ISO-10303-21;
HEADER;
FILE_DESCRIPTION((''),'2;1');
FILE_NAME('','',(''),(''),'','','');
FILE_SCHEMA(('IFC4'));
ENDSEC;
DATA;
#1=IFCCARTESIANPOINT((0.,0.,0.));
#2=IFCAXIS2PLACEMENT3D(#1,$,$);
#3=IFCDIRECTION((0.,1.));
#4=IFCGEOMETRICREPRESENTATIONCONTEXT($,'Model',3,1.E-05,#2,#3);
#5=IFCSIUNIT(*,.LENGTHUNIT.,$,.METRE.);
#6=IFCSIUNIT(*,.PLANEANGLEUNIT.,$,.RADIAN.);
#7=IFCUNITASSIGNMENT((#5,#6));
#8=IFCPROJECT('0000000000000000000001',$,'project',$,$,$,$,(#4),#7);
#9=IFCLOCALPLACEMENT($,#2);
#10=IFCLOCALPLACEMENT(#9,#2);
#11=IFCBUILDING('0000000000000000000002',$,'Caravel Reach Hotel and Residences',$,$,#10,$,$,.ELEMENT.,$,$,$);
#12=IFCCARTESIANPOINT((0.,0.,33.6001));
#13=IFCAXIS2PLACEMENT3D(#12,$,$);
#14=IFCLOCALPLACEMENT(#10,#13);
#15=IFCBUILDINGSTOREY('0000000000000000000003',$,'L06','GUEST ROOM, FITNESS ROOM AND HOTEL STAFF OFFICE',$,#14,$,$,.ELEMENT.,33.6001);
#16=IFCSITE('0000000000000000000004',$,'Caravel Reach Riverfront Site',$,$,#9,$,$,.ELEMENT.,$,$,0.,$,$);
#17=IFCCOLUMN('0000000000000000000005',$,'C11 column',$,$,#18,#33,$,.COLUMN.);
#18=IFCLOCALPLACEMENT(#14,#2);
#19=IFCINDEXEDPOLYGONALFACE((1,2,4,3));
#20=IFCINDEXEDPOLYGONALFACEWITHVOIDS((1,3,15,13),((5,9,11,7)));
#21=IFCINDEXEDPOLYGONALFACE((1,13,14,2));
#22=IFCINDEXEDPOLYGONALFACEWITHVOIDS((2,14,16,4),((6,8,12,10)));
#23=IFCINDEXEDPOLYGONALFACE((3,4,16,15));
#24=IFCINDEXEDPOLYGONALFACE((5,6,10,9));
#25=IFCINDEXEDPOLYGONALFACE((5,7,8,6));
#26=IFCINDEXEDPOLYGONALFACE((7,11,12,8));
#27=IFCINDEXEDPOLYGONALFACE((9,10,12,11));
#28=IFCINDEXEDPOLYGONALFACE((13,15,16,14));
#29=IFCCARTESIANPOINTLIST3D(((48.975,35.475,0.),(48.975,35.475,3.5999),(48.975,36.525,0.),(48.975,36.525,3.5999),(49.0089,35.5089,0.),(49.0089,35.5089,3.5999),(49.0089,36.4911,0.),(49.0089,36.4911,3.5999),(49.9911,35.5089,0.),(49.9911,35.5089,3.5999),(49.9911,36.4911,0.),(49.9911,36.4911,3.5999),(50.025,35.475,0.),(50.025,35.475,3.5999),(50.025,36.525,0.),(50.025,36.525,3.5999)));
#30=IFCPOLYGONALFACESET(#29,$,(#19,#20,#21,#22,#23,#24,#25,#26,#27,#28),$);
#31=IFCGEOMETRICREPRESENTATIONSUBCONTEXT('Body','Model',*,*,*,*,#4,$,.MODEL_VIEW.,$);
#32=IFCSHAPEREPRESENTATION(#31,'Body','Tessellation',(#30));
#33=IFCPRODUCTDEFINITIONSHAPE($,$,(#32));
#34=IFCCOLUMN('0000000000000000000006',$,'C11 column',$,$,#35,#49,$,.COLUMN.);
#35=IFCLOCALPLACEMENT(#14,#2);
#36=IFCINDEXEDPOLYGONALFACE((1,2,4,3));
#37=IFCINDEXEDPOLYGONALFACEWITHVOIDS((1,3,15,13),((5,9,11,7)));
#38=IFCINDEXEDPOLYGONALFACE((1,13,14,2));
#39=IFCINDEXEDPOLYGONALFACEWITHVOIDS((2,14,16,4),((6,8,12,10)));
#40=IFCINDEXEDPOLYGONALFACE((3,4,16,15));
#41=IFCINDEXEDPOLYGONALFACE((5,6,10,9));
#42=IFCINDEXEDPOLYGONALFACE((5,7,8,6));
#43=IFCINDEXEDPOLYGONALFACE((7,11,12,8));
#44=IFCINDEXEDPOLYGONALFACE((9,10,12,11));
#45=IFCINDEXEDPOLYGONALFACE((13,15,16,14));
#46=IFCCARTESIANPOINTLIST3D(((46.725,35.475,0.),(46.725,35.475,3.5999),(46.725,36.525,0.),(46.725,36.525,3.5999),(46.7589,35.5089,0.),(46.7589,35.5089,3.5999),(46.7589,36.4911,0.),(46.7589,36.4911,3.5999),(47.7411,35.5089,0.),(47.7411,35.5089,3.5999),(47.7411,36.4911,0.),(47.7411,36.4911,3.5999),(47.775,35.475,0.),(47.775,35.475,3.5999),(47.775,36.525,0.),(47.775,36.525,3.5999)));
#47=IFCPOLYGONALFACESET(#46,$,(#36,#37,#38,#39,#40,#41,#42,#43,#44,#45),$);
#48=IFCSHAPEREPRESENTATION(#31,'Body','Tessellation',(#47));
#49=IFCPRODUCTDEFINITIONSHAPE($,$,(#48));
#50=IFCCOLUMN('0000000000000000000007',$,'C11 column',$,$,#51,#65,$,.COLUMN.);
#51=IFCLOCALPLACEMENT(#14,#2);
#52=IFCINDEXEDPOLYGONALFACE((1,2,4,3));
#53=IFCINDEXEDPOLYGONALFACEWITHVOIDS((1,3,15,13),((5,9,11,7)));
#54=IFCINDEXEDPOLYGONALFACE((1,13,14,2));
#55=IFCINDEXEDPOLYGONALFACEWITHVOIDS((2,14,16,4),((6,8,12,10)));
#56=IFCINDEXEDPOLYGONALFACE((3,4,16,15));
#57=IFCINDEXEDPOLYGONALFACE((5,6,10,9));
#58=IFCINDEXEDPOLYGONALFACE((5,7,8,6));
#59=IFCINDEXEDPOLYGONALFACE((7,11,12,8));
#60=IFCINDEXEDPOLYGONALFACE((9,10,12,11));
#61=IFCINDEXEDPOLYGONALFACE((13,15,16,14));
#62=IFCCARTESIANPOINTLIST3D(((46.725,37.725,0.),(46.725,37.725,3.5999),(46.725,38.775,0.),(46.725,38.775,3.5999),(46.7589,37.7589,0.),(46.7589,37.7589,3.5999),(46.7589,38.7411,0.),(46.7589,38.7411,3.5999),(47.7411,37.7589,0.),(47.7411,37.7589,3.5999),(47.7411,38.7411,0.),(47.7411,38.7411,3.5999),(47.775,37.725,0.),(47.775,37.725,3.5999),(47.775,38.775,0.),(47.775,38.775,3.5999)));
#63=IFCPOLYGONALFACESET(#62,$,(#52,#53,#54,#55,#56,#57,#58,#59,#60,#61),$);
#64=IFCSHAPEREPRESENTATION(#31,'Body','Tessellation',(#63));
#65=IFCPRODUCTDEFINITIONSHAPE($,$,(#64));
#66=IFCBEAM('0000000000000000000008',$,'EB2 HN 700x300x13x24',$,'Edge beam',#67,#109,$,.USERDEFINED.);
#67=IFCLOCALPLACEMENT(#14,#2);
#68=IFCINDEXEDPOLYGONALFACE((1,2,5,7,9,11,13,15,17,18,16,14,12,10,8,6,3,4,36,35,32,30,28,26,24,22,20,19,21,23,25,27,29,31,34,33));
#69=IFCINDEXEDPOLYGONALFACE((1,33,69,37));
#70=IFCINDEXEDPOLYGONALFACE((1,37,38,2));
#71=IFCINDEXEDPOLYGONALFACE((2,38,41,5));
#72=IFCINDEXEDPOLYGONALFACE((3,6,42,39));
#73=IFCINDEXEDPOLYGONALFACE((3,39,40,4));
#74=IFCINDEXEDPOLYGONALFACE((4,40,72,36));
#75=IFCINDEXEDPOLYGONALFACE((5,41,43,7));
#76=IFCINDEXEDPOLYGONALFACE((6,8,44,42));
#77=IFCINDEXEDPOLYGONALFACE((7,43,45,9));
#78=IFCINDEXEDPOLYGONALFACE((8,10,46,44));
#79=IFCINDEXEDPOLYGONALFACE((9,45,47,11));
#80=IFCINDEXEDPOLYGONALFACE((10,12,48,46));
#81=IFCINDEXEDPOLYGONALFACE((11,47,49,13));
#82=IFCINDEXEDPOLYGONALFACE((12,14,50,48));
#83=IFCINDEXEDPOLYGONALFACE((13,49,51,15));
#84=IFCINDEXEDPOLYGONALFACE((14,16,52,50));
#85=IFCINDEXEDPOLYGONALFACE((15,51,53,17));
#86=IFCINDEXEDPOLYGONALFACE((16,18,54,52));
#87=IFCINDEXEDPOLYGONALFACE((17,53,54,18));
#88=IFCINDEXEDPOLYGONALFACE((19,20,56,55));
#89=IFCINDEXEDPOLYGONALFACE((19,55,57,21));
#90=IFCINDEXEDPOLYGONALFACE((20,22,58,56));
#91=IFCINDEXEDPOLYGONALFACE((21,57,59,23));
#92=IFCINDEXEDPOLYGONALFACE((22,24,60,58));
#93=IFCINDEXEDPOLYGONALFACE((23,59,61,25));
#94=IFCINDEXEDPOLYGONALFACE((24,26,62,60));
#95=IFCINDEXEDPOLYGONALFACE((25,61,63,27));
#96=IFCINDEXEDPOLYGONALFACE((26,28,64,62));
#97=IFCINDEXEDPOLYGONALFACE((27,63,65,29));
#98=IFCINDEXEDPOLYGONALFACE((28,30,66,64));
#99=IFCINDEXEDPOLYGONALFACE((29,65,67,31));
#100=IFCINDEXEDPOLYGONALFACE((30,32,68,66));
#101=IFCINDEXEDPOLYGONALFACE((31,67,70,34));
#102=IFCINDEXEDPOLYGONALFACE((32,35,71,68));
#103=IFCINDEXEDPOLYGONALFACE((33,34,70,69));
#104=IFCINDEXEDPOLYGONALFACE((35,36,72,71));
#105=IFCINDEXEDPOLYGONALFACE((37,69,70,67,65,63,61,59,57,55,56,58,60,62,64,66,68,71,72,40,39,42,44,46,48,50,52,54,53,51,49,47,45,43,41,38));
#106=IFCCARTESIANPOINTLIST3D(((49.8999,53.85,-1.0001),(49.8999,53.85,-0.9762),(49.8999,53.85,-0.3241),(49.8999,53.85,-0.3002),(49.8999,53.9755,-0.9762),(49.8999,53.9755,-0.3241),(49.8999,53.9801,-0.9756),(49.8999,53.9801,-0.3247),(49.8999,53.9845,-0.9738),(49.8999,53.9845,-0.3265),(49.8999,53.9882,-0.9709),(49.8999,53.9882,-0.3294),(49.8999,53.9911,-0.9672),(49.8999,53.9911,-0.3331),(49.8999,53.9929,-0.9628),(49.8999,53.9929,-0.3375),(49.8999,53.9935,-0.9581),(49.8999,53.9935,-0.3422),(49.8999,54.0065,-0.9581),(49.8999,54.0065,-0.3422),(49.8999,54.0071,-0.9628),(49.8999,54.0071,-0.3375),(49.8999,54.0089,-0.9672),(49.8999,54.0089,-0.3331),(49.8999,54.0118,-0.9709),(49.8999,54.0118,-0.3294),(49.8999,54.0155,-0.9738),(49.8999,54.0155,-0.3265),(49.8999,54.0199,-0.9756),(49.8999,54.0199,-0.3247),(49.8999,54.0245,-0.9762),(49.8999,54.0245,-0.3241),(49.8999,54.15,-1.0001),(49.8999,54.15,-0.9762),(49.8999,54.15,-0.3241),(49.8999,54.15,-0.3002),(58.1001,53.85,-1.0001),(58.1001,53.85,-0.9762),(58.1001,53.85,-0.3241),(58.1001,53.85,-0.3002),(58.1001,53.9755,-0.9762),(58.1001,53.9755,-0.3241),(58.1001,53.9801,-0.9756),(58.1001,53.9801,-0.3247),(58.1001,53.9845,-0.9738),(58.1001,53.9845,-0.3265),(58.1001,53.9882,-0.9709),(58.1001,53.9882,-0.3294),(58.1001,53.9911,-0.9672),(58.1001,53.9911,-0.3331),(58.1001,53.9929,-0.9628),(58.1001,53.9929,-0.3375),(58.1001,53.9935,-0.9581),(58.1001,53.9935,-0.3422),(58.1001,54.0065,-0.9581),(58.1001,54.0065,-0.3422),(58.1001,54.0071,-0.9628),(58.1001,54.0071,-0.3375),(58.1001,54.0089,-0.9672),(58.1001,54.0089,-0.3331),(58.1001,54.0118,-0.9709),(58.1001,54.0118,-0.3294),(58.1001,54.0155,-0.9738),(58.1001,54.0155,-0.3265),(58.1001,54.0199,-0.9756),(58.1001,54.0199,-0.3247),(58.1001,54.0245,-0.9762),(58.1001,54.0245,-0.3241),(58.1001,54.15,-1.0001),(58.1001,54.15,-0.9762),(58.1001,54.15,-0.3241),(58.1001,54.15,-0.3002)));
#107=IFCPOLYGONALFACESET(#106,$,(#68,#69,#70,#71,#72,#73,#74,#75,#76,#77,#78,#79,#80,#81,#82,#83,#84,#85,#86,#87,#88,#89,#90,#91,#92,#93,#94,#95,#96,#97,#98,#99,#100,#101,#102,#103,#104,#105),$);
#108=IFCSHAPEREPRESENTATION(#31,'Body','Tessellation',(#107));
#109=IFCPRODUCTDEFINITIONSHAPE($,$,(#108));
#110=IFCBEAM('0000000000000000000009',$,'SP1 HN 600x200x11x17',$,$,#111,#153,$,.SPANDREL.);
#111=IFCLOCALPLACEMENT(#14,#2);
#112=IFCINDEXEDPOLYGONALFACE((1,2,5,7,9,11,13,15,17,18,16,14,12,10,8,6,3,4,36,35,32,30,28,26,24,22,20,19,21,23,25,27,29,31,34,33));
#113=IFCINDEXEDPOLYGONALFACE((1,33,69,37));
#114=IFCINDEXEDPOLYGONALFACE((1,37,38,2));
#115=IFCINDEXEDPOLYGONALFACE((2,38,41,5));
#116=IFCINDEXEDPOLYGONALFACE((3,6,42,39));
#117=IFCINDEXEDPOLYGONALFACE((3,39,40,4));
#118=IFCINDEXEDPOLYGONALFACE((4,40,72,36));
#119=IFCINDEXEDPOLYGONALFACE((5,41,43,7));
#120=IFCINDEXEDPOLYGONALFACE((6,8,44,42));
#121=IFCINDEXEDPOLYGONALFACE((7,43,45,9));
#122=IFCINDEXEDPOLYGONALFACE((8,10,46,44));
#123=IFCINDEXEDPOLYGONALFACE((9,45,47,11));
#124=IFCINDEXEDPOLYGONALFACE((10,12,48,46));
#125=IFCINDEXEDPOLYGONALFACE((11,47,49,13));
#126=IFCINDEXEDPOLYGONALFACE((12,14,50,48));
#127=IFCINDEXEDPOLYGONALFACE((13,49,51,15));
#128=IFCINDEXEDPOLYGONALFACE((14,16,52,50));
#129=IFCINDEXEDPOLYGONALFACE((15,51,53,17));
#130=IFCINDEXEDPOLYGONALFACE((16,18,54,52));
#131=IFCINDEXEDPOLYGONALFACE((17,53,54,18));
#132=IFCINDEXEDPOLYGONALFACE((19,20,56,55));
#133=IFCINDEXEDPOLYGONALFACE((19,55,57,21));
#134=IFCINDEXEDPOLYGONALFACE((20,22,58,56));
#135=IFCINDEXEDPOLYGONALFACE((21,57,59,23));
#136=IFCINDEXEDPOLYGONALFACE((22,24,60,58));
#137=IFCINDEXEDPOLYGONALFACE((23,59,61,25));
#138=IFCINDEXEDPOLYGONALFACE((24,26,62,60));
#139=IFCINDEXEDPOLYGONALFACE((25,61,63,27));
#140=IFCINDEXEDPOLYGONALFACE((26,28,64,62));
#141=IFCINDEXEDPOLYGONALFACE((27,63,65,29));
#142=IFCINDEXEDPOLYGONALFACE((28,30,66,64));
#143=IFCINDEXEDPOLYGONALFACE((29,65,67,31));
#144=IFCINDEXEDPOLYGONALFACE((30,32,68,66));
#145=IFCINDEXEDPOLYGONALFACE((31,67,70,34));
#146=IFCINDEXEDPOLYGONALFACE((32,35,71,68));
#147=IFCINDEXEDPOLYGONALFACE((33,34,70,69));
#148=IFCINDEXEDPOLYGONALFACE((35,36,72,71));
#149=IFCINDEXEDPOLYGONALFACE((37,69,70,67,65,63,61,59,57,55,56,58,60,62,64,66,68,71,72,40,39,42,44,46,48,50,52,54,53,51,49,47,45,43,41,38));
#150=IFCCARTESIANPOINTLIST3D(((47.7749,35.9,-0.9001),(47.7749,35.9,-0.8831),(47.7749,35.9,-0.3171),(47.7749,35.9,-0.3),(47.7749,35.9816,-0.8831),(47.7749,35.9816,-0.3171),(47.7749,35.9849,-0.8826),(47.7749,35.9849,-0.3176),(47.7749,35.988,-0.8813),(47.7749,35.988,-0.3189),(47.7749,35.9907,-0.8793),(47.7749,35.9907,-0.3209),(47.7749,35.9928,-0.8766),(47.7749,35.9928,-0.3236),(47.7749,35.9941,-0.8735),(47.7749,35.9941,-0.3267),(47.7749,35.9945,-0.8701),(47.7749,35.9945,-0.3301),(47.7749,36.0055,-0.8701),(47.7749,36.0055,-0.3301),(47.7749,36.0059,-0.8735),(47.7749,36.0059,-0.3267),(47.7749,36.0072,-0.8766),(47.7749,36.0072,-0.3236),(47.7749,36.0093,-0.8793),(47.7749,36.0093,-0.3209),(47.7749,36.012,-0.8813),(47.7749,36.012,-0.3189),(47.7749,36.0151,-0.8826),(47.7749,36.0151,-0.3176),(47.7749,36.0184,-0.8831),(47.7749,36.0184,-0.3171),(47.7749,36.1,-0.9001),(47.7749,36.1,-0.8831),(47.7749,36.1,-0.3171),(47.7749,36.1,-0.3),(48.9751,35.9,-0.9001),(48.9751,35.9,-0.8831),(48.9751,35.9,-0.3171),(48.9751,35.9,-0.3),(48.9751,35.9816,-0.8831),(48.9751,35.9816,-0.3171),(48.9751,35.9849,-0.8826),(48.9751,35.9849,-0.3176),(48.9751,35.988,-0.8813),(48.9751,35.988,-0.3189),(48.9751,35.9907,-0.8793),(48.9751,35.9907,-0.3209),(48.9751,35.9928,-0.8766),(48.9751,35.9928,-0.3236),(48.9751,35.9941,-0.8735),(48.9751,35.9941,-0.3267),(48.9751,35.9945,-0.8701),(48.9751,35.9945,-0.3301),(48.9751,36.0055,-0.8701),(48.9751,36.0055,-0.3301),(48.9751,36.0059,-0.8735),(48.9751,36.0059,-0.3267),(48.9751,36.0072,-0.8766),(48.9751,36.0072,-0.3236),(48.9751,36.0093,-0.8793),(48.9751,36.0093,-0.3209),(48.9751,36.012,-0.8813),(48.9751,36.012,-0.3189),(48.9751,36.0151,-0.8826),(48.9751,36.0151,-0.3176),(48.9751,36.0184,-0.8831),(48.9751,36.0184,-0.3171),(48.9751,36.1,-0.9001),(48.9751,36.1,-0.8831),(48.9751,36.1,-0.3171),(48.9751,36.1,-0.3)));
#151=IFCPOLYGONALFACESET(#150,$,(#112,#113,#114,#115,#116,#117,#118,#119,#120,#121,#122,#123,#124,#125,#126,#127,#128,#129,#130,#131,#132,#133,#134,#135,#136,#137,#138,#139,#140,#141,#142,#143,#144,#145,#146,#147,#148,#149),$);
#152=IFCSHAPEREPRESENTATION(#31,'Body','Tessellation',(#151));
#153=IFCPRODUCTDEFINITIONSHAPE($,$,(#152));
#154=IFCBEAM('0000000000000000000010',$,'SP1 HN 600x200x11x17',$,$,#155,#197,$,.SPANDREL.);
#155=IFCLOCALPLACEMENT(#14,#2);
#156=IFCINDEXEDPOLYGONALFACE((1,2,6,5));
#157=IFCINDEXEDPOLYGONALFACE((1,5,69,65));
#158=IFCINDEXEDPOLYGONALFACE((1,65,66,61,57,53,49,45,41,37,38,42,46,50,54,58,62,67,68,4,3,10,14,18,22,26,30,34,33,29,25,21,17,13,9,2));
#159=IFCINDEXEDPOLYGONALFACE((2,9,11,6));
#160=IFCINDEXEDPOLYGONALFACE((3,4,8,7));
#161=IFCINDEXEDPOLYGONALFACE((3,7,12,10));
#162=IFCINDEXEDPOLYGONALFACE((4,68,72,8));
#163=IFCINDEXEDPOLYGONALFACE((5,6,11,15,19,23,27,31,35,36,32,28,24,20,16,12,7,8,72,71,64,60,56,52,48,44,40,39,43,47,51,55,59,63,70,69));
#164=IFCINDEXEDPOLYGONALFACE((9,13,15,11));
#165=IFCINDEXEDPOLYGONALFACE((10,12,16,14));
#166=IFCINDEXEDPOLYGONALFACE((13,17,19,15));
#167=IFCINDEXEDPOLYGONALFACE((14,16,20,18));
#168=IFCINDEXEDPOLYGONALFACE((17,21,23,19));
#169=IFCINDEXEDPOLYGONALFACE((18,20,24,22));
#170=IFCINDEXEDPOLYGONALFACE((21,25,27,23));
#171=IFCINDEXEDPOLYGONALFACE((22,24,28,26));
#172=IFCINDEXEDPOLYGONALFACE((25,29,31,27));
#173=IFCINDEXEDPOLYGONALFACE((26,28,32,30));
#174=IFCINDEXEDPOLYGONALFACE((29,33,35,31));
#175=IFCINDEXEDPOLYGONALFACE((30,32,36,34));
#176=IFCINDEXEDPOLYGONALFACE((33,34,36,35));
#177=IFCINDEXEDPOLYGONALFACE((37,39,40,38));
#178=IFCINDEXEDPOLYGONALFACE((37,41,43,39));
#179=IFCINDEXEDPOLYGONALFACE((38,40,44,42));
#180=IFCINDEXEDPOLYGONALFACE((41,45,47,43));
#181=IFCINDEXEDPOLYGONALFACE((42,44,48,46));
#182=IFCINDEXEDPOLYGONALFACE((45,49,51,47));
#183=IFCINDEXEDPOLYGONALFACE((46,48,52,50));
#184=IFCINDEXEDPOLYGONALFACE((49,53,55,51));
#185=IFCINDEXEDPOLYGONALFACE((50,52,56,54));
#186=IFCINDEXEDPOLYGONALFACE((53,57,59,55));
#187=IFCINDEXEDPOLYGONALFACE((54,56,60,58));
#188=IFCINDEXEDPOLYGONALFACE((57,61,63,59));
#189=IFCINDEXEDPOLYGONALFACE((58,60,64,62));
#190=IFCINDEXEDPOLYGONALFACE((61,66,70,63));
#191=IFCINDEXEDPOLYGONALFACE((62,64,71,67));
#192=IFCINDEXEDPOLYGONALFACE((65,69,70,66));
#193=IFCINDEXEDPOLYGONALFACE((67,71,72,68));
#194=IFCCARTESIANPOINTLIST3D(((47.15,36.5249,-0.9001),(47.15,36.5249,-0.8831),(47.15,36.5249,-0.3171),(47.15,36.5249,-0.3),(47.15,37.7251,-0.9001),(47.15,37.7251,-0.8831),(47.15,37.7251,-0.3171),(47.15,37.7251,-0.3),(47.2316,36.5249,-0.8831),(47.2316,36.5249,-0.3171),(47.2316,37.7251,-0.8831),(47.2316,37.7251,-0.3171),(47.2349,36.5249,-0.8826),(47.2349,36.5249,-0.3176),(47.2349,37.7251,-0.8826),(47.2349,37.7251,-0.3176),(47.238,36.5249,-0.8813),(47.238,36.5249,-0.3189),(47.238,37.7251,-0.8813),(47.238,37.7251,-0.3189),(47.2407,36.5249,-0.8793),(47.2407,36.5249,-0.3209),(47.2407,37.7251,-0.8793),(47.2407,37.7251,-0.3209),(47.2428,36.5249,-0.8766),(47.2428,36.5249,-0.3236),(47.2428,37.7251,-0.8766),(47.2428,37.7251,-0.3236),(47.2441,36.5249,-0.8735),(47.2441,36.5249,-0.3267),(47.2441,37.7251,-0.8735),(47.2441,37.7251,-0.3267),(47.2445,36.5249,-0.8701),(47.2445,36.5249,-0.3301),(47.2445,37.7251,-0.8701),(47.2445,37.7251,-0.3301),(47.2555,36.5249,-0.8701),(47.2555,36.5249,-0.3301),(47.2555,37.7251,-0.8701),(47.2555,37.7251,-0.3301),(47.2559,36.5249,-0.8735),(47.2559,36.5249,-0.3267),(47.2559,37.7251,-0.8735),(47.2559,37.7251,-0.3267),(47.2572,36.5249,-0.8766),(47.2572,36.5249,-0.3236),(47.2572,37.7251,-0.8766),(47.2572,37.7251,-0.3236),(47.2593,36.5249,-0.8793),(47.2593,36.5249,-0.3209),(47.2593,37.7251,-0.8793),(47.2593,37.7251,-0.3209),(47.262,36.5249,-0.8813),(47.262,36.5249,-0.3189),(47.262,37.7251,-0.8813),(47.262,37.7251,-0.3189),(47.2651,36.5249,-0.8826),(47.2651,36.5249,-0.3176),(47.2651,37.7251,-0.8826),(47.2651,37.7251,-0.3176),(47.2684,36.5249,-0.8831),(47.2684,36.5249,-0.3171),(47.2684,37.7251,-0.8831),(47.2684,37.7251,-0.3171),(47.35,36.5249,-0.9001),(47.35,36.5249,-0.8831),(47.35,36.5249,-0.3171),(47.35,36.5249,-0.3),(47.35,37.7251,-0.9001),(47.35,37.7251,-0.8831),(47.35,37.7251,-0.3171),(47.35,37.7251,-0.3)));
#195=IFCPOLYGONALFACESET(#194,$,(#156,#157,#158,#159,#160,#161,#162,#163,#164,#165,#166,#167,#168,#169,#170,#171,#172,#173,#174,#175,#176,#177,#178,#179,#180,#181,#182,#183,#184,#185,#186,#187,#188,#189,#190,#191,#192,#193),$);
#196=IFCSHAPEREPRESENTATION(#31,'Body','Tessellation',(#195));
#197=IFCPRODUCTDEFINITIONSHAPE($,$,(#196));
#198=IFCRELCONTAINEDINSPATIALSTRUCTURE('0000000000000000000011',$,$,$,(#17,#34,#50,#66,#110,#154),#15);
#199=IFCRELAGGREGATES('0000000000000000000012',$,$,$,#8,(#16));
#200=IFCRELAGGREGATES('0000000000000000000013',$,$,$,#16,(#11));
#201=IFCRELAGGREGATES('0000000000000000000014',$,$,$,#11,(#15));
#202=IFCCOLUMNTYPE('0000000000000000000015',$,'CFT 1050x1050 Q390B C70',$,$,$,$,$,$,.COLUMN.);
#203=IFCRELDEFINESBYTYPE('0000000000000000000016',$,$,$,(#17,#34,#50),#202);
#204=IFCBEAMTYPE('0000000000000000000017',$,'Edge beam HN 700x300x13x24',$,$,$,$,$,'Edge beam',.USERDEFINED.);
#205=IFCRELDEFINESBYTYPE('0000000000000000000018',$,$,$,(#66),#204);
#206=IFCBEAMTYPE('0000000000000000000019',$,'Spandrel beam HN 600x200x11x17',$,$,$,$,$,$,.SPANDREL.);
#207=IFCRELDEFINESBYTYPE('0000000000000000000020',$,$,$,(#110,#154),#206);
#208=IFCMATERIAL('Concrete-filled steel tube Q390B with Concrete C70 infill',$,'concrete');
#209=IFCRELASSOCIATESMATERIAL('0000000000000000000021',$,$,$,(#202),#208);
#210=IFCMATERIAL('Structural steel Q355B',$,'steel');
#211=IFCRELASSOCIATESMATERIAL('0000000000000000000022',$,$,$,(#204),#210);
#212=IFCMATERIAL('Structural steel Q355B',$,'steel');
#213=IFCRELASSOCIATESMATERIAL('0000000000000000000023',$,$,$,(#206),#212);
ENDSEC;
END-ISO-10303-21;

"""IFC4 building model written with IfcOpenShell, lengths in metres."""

from ifc_helpers import new_model, si_unit, direction, frame, origin, origin_2d, place, context, subcontext, project, spatial, hollow_rectangle, i_section, extrude, material, material_profile, profile_set, type_object, element, save


model = new_model("IFC4")

# Units and contexts
model_context = context("Model", 3, precision=1e-05, world=origin(), true_north=direction((0.0, 1.0)))
body_context = subcontext(model_context, "Body", "Model", "MODEL_VIEW")
ifc_project = project(units=[si_unit("LENGTHUNIT", "METRE"), si_unit("PLANEANGLEUNIT", "RADIAN")], contexts=[model_context])

# Site, building, storey
site_placement = place(None, origin())
site = spatial("IfcSite", under=ifc_project, at=site_placement, Name="Caravel Reach Riverfront Site", CompositionType="ELEMENT", RefElevation=0.0)
building_placement = place(site_placement, origin())
building = spatial("IfcBuilding", under=site, at=building_placement, Name="Caravel Reach Hotel and Residences", CompositionType="ELEMENT")
storey_placement = place(building_placement, frame((0.0, 0.0, 33.6001)))
storey = spatial("IfcBuildingStorey", under=building, at=storey_placement, Name="L06", Description="GUEST ROOM, FITNESS ROOM AND HOTEL STAFF OFFICE", CompositionType="ELEMENT", Elevation=33.6001)

# Columns
ifc_material_1 = material(Name="Concrete-filled steel tube Q390B with Concrete C70 infill", Category="concrete")
ifc_material_profile_1 = material_profile(ifc_material_1, hollow_rectangle(XDim=1.05, YDim=1.05, WallThickness=0.0339, at=origin_2d()), Name="RHS 1050x1050x34")
ifc_profile_set_1 = profile_set([ifc_material_profile_1], Name="Concrete-filled steel tube Q390B with Concrete C70 infill")
column_type = type_object("IfcColumnType", Name="CFT 1050x1050 Q390B C70", PredefinedType="COLUMN", material=ifc_profile_set_1)
for number, where, z_axis, x_axis, name in (
    (1, (49.5, 36.0, 0.0), (0.0, 0.0, 1.0), (1.0, 0.0, 0.0), "C11 column"),
    (2, (47.25, 36.0, 0.0), (0.0, 0.0, 1.0), (1.0, 0.0, 0.0), "C11 column"),
    (3, (47.25, 38.25, 0.0), (0.0, 0.0, 1.0), (1.0, 0.0, 0.0), "C11 column"),
):
    element("IfcColumn", number, at=place(storey_placement, frame(where, z_axis=z_axis, x_axis=x_axis)), inside=storey, type_object=column_type, Name=name, PredefinedType="COLUMN", context=body_context, shape_type="SweptSolid", body=[
        extrude(hollow_rectangle(XDim=1.05, YDim=1.05, WallThickness=0.0339, at=origin_2d()), origin(), (0.0, 0.0, 1.0), 3.5999),
    ])

# Beams
ifc_material_2 = material(Name="Structural steel Q355B", Category="steel")
ifc_material_profile_2 = material_profile(ifc_material_2, i_section(OverallWidth=0.3, OverallDepth=0.7, WebThickness=0.0129, FlangeThickness=0.0239, FilletRadius=0.0181, at=origin_2d()), Name="HN 700x300x13x24")
ifc_profile_set_2 = profile_set([ifc_material_profile_2], Name="Structural steel Q355B")
beam_type_1 = type_object("IfcBeamType", Name="Edge beam HN 700x300x13x24", ElementType="Edge beam", PredefinedType="USERDEFINED", material=ifc_profile_set_2)
beam_placement = place(storey_placement, frame((49.8999, 54.0, -0.6501), z_axis=(1.0, 0.0, 0.0), x_axis=(0.0, 1.0, 0.0)))
element("IfcBeam", 4, at=beam_placement, inside=storey, type_object=beam_type_1, Name="EB2 HN 700x300x13x24", ObjectType="Edge beam", PredefinedType="USERDEFINED", context=body_context, shape_type="SweptSolid", body=[
    extrude(i_section(OverallWidth=0.3, OverallDepth=0.7, WebThickness=0.0129, FlangeThickness=0.0239, FilletRadius=0.0181, at=origin_2d()), origin(), (0.0, 0.0, 1.0), 8.2002),
])
ifc_material_3 = material(Name="Structural steel Q355B", Category="steel")
ifc_material_profile_3 = material_profile(ifc_material_3, i_section(OverallWidth=0.2, OverallDepth=0.6001, WebThickness=0.011, FlangeThickness=0.0171, FilletRadius=0.0129, at=origin_2d()), Name="HN 600x200x11x17")
ifc_profile_set_3 = profile_set([ifc_material_profile_3], Name="Structural steel Q355B")
beam_type_2 = type_object("IfcBeamType", Name="Spandrel beam HN 600x200x11x17", PredefinedType="SPANDREL", material=ifc_profile_set_3)
for number, where, z_axis, x_axis, name in (
    (5, (48.9751, 36.0, -0.6001), (-1.0, 0.0, 0.0), (0.0, -1.0, 0.0), "SP1 HN 600x200x11x17"),
    (6, (47.25, 36.5249, -0.6001), (0.0, 1.0, 0.0), (-1.0, 0.0, 0.0), "SP1 HN 600x200x11x17"),
):
    element("IfcBeam", number, at=place(storey_placement, frame(where, z_axis=z_axis, x_axis=x_axis)), inside=storey, type_object=beam_type_2, Name=name, PredefinedType="SPANDREL", context=body_context, shape_type="SweptSolid", body=[
        extrude(i_section(OverallWidth=0.2, OverallDepth=0.6001, WebThickness=0.011, FlangeThickness=0.0171, FilletRadius=0.0129, at=origin_2d()), origin(), (0.0, 0.0, 1.0), 1.2002),
    ])

save(model, "model.ifc")
